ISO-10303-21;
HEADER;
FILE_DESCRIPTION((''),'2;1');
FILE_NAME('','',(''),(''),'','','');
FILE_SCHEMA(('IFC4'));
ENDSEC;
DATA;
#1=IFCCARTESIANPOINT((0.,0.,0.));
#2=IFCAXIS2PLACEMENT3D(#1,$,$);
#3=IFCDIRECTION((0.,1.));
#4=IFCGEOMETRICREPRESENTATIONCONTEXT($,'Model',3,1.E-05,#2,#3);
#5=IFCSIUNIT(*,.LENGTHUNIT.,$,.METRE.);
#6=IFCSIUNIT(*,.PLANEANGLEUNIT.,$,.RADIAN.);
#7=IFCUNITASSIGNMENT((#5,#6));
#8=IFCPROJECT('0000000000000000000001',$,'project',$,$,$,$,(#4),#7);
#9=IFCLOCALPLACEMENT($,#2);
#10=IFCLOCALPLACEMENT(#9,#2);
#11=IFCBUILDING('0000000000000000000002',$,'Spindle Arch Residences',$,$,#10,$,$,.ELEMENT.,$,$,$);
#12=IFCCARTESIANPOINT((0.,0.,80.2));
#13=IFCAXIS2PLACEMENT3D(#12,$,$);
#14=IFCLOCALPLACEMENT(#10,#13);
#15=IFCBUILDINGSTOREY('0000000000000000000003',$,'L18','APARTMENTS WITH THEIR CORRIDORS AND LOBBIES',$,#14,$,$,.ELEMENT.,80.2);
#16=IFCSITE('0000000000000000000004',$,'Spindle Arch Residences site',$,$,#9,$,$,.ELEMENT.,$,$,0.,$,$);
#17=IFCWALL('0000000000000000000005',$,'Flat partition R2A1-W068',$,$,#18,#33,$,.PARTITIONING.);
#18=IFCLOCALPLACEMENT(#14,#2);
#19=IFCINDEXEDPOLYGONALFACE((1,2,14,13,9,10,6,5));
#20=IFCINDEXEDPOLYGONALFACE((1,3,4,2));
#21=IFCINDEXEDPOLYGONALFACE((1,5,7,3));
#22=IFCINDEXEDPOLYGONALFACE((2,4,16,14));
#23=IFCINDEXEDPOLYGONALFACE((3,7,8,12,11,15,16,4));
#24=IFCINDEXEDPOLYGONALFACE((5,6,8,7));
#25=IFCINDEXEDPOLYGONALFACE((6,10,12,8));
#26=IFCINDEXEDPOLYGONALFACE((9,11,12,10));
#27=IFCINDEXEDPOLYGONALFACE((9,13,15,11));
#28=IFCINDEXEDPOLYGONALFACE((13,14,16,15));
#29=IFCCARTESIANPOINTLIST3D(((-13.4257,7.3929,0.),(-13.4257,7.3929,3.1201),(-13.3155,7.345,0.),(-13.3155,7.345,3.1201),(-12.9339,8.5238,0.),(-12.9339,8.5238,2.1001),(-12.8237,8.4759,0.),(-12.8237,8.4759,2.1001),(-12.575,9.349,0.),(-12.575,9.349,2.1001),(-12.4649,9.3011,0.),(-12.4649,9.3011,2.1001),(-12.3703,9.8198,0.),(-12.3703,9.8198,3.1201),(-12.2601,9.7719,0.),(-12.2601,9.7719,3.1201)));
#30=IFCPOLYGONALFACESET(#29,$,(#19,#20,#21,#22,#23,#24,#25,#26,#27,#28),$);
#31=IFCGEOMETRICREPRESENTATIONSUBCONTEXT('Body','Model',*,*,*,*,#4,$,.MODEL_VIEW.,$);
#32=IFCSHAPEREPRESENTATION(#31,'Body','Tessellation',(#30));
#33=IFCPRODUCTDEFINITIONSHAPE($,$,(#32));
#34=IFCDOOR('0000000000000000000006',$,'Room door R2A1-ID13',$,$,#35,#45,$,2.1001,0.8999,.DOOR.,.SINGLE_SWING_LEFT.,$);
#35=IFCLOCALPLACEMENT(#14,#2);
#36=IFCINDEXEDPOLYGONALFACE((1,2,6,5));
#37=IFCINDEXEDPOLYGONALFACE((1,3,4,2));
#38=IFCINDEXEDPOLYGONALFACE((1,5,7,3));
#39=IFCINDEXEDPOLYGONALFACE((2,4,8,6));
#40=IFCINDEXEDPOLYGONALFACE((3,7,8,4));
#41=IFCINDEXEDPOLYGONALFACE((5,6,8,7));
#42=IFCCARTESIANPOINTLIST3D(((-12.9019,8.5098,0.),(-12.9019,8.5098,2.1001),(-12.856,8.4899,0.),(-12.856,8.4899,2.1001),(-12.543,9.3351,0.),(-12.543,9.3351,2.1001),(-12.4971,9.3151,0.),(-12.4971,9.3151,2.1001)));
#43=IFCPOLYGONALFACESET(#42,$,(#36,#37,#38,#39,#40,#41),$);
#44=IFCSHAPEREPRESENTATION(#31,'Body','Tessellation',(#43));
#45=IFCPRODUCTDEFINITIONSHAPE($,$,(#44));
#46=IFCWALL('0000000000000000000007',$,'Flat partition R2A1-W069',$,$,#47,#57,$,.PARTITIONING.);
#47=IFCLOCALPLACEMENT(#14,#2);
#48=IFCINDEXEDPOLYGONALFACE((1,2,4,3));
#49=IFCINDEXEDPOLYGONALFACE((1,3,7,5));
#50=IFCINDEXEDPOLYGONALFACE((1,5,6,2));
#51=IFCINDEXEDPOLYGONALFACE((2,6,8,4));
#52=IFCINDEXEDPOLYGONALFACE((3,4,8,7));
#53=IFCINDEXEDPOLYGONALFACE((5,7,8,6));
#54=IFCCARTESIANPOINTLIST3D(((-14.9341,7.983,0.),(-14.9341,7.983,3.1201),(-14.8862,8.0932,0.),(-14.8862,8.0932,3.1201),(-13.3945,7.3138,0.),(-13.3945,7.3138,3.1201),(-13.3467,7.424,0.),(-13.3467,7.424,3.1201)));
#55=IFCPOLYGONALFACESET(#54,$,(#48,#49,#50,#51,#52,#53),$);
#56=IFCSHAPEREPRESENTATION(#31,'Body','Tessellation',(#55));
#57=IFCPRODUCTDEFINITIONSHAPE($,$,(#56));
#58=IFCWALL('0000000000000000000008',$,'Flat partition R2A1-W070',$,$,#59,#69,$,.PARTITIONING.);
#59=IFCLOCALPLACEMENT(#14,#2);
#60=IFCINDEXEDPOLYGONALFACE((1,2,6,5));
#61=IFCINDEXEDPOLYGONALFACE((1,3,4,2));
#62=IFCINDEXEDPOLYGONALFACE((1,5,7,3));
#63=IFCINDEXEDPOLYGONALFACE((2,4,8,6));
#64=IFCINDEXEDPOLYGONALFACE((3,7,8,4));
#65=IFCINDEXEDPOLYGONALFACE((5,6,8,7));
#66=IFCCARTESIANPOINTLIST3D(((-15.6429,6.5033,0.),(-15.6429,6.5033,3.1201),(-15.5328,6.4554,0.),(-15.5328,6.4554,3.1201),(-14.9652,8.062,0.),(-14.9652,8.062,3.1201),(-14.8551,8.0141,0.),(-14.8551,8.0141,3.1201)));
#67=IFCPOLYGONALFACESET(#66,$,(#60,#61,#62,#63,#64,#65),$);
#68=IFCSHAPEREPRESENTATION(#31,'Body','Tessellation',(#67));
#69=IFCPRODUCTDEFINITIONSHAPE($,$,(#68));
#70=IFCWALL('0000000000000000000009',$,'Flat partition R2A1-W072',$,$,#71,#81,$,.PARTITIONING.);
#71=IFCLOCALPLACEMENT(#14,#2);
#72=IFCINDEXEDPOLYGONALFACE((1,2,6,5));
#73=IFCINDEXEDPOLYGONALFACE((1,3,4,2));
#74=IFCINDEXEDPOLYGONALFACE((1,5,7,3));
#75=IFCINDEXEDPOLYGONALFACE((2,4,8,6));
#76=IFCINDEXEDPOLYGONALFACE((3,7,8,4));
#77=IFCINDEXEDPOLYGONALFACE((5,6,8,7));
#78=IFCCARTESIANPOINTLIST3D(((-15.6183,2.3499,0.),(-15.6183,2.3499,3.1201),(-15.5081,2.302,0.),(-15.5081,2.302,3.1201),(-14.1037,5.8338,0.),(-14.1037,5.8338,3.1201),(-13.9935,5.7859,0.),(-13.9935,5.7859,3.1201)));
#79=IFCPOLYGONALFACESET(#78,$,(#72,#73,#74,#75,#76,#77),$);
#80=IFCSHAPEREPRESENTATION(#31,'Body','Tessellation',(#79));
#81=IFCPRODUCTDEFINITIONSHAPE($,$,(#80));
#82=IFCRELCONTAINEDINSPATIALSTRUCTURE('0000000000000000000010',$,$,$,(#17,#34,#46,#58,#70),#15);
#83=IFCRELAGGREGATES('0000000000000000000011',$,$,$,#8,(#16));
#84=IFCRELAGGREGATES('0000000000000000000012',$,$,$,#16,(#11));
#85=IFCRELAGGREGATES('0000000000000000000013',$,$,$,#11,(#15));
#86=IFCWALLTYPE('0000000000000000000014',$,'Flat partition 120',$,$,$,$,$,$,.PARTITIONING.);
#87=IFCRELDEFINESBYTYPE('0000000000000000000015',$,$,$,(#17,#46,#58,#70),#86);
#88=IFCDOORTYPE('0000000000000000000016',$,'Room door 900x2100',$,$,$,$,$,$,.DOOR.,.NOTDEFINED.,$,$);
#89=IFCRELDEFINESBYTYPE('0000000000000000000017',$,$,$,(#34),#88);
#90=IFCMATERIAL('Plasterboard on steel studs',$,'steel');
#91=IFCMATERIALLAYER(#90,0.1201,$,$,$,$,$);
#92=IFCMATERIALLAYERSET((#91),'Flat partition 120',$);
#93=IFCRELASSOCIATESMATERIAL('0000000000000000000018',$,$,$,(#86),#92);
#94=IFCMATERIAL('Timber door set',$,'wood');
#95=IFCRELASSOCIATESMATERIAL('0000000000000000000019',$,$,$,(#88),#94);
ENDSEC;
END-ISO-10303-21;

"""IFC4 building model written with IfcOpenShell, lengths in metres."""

from ifc_helpers import new_model, si_unit, direction, frame, frame_2d, origin, place, context, subcontext, project, spatial, rectangle, extrude, material, layer, layer_set, type_object, element, fill, save


model = new_model("IFC4")

# Units and contexts
model_context = context("Model", 3, precision=1e-05, world=origin(), true_north=direction((0.0, 1.0)))
body_context = subcontext(model_context, "Body", "Model", "MODEL_VIEW")
ifc_project = project(units=[si_unit("LENGTHUNIT", "METRE"), si_unit("PLANEANGLEUNIT", "RADIAN")], contexts=[model_context])

# Site, building, storey
site_placement = place(None, origin())
site = spatial("IfcSite", under=ifc_project, at=site_placement, Name="Spindle Arch Residences site", CompositionType="ELEMENT", RefElevation=0.0)
building_placement = place(site_placement, origin())
building = spatial("IfcBuilding", under=site, at=building_placement, Name="Spindle Arch Residences", CompositionType="ELEMENT")
storey_placement = place(building_placement, frame((0.0, 0.0, 80.2)))
storey = spatial("IfcBuildingStorey", under=building, at=storey_placement, Name="L18", Description="APARTMENTS WITH THEIR CORRIDORS AND LOBBIES", CompositionType="ELEMENT", Elevation=80.2)

# Wall, opening, door
ifc_material_1 = material(Name="Plasterboard on steel studs", Category="steel")
ifc_layer_1 = layer(ifc_material_1, 0.1201)
ifc_layer_set_1 = layer_set([ifc_layer_1], Name="Flat partition 120")
wall_type_1 = type_object("IfcWallType", Name="Flat partition 120", PredefinedType="PARTITIONING", material=ifc_layer_set_1)
wall_1_placement = place(storey_placement, frame((-12.3152, 9.7959, 0.0), z_axis=(0.0, 0.0, 1.0), x_axis=(-0.39879, -0.917042, 0.0)))
wall_1 = element("IfcWall", 1, at=wall_1_placement, inside=storey, type_object=wall_type_1, Name="Flat partition R2A1-W068", PredefinedType="PARTITIONING", context=body_context, shape_type="SweptSolid", body=[
    extrude(rectangle(XDim=2.6465, YDim=0.1201, at=frame_2d((1.3232, 0.0))), origin(), (0.0, 0.0, 1.0), 3.1201),
])
opening_1_placement = place(wall_1_placement, frame((0.5134, 0.0, 0.0)))
opening_1 = element("IfcOpeningElement", 2, at=opening_1_placement, cuts=wall_1, PredefinedType="OPENING", context=body_context, shape_type="SweptSolid", body=[
    extrude(rectangle(XDim=0.8999, YDim=2.1001, at=frame_2d((0.45, 1.05))), frame((0.0, 0.0701, 0.0), z_axis=(0.0, -1.0, 0.0), x_axis=(1.0, 0.0, 0.0)), (0.0, 0.0, 1.0), 0.1401),
])
ifc_material_2 = material(Name="Timber door set", Category="wood")
door_type_1 = type_object("IfcDoorType", Name="Room door 900x2100", OperationType="NOTDEFINED", PredefinedType="DOOR", material=ifc_material_2)
door_1_placement = place(opening_1_placement, origin())
door_1 = element("IfcDoor", 3, at=door_1_placement, inside=storey, type_object=door_type_1, Name="Room door R2A1-ID13", OperationType="SINGLE_SWING_LEFT", OverallHeight=2.1001, OverallWidth=0.8999, PredefinedType="DOOR", context=body_context, shape_type="SweptSolid", body=[
    extrude(rectangle(XDim=0.8999, YDim=2.1001, at=frame_2d((0.45, 1.05))), frame((0.0, 0.0249, 0.0), z_axis=(0.0, -1.0, 0.0), x_axis=(1.0, 0.0, 0.0)), (0.0, 0.0, 1.0), 0.05),
])
fill(opening_1, door_1)

# Walls
wall_2_placement = place(storey_placement, frame((-13.3706, 7.3689, 0.0), z_axis=(0.0, 0.0, 1.0), x_axis=(-0.917109, 0.398636, 0.0)))
element("IfcWall", 4, at=wall_2_placement, inside=storey, type_object=wall_type_1, Name="Flat partition R2A1-W069", PredefinedType="PARTITIONING", context=body_context, shape_type="SweptSolid", body=[
    extrude(rectangle(XDim=1.6787, YDim=0.1201, at=frame_2d((0.8394, 0.0))), origin(), (0.0, 0.0, 1.0), 3.1201),
])
wall_3_placement = place(storey_placement, frame((-14.9102, 8.0381, 0.0), z_axis=(0.0, 0.0, 1.0), x_axis=(-0.398716, -0.917075, 0.0)))
element("IfcWall", 5, at=wall_3_placement, inside=storey, type_object=wall_type_1, Name="Flat partition R2A1-W070", PredefinedType="PARTITIONING", context=body_context, shape_type="SweptSolid", body=[
    extrude(rectangle(XDim=1.6997, YDim=0.1201, at=frame_2d((0.8499, 0.0))), origin(), (0.0, 0.0, 1.0), 3.1201),
])
wall_4_placement = place(storey_placement, frame((-14.0486, 5.8098, 0.0), z_axis=(0.0, 0.0, 1.0), x_axis=(-0.398707, -0.917078, 0.0)))
element("IfcWall", 6, at=wall_4_placement, inside=storey, type_object=wall_type_1, Name="Flat partition R2A1-W072", PredefinedType="PARTITIONING", context=body_context, shape_type="SweptSolid", body=[
    extrude(rectangle(XDim=3.7988, YDim=0.1201, at=frame_2d((1.8994, 0.0))), origin(), (0.0, 0.0, 1.0), 3.1201),
])

save(model, "model.ifc")
